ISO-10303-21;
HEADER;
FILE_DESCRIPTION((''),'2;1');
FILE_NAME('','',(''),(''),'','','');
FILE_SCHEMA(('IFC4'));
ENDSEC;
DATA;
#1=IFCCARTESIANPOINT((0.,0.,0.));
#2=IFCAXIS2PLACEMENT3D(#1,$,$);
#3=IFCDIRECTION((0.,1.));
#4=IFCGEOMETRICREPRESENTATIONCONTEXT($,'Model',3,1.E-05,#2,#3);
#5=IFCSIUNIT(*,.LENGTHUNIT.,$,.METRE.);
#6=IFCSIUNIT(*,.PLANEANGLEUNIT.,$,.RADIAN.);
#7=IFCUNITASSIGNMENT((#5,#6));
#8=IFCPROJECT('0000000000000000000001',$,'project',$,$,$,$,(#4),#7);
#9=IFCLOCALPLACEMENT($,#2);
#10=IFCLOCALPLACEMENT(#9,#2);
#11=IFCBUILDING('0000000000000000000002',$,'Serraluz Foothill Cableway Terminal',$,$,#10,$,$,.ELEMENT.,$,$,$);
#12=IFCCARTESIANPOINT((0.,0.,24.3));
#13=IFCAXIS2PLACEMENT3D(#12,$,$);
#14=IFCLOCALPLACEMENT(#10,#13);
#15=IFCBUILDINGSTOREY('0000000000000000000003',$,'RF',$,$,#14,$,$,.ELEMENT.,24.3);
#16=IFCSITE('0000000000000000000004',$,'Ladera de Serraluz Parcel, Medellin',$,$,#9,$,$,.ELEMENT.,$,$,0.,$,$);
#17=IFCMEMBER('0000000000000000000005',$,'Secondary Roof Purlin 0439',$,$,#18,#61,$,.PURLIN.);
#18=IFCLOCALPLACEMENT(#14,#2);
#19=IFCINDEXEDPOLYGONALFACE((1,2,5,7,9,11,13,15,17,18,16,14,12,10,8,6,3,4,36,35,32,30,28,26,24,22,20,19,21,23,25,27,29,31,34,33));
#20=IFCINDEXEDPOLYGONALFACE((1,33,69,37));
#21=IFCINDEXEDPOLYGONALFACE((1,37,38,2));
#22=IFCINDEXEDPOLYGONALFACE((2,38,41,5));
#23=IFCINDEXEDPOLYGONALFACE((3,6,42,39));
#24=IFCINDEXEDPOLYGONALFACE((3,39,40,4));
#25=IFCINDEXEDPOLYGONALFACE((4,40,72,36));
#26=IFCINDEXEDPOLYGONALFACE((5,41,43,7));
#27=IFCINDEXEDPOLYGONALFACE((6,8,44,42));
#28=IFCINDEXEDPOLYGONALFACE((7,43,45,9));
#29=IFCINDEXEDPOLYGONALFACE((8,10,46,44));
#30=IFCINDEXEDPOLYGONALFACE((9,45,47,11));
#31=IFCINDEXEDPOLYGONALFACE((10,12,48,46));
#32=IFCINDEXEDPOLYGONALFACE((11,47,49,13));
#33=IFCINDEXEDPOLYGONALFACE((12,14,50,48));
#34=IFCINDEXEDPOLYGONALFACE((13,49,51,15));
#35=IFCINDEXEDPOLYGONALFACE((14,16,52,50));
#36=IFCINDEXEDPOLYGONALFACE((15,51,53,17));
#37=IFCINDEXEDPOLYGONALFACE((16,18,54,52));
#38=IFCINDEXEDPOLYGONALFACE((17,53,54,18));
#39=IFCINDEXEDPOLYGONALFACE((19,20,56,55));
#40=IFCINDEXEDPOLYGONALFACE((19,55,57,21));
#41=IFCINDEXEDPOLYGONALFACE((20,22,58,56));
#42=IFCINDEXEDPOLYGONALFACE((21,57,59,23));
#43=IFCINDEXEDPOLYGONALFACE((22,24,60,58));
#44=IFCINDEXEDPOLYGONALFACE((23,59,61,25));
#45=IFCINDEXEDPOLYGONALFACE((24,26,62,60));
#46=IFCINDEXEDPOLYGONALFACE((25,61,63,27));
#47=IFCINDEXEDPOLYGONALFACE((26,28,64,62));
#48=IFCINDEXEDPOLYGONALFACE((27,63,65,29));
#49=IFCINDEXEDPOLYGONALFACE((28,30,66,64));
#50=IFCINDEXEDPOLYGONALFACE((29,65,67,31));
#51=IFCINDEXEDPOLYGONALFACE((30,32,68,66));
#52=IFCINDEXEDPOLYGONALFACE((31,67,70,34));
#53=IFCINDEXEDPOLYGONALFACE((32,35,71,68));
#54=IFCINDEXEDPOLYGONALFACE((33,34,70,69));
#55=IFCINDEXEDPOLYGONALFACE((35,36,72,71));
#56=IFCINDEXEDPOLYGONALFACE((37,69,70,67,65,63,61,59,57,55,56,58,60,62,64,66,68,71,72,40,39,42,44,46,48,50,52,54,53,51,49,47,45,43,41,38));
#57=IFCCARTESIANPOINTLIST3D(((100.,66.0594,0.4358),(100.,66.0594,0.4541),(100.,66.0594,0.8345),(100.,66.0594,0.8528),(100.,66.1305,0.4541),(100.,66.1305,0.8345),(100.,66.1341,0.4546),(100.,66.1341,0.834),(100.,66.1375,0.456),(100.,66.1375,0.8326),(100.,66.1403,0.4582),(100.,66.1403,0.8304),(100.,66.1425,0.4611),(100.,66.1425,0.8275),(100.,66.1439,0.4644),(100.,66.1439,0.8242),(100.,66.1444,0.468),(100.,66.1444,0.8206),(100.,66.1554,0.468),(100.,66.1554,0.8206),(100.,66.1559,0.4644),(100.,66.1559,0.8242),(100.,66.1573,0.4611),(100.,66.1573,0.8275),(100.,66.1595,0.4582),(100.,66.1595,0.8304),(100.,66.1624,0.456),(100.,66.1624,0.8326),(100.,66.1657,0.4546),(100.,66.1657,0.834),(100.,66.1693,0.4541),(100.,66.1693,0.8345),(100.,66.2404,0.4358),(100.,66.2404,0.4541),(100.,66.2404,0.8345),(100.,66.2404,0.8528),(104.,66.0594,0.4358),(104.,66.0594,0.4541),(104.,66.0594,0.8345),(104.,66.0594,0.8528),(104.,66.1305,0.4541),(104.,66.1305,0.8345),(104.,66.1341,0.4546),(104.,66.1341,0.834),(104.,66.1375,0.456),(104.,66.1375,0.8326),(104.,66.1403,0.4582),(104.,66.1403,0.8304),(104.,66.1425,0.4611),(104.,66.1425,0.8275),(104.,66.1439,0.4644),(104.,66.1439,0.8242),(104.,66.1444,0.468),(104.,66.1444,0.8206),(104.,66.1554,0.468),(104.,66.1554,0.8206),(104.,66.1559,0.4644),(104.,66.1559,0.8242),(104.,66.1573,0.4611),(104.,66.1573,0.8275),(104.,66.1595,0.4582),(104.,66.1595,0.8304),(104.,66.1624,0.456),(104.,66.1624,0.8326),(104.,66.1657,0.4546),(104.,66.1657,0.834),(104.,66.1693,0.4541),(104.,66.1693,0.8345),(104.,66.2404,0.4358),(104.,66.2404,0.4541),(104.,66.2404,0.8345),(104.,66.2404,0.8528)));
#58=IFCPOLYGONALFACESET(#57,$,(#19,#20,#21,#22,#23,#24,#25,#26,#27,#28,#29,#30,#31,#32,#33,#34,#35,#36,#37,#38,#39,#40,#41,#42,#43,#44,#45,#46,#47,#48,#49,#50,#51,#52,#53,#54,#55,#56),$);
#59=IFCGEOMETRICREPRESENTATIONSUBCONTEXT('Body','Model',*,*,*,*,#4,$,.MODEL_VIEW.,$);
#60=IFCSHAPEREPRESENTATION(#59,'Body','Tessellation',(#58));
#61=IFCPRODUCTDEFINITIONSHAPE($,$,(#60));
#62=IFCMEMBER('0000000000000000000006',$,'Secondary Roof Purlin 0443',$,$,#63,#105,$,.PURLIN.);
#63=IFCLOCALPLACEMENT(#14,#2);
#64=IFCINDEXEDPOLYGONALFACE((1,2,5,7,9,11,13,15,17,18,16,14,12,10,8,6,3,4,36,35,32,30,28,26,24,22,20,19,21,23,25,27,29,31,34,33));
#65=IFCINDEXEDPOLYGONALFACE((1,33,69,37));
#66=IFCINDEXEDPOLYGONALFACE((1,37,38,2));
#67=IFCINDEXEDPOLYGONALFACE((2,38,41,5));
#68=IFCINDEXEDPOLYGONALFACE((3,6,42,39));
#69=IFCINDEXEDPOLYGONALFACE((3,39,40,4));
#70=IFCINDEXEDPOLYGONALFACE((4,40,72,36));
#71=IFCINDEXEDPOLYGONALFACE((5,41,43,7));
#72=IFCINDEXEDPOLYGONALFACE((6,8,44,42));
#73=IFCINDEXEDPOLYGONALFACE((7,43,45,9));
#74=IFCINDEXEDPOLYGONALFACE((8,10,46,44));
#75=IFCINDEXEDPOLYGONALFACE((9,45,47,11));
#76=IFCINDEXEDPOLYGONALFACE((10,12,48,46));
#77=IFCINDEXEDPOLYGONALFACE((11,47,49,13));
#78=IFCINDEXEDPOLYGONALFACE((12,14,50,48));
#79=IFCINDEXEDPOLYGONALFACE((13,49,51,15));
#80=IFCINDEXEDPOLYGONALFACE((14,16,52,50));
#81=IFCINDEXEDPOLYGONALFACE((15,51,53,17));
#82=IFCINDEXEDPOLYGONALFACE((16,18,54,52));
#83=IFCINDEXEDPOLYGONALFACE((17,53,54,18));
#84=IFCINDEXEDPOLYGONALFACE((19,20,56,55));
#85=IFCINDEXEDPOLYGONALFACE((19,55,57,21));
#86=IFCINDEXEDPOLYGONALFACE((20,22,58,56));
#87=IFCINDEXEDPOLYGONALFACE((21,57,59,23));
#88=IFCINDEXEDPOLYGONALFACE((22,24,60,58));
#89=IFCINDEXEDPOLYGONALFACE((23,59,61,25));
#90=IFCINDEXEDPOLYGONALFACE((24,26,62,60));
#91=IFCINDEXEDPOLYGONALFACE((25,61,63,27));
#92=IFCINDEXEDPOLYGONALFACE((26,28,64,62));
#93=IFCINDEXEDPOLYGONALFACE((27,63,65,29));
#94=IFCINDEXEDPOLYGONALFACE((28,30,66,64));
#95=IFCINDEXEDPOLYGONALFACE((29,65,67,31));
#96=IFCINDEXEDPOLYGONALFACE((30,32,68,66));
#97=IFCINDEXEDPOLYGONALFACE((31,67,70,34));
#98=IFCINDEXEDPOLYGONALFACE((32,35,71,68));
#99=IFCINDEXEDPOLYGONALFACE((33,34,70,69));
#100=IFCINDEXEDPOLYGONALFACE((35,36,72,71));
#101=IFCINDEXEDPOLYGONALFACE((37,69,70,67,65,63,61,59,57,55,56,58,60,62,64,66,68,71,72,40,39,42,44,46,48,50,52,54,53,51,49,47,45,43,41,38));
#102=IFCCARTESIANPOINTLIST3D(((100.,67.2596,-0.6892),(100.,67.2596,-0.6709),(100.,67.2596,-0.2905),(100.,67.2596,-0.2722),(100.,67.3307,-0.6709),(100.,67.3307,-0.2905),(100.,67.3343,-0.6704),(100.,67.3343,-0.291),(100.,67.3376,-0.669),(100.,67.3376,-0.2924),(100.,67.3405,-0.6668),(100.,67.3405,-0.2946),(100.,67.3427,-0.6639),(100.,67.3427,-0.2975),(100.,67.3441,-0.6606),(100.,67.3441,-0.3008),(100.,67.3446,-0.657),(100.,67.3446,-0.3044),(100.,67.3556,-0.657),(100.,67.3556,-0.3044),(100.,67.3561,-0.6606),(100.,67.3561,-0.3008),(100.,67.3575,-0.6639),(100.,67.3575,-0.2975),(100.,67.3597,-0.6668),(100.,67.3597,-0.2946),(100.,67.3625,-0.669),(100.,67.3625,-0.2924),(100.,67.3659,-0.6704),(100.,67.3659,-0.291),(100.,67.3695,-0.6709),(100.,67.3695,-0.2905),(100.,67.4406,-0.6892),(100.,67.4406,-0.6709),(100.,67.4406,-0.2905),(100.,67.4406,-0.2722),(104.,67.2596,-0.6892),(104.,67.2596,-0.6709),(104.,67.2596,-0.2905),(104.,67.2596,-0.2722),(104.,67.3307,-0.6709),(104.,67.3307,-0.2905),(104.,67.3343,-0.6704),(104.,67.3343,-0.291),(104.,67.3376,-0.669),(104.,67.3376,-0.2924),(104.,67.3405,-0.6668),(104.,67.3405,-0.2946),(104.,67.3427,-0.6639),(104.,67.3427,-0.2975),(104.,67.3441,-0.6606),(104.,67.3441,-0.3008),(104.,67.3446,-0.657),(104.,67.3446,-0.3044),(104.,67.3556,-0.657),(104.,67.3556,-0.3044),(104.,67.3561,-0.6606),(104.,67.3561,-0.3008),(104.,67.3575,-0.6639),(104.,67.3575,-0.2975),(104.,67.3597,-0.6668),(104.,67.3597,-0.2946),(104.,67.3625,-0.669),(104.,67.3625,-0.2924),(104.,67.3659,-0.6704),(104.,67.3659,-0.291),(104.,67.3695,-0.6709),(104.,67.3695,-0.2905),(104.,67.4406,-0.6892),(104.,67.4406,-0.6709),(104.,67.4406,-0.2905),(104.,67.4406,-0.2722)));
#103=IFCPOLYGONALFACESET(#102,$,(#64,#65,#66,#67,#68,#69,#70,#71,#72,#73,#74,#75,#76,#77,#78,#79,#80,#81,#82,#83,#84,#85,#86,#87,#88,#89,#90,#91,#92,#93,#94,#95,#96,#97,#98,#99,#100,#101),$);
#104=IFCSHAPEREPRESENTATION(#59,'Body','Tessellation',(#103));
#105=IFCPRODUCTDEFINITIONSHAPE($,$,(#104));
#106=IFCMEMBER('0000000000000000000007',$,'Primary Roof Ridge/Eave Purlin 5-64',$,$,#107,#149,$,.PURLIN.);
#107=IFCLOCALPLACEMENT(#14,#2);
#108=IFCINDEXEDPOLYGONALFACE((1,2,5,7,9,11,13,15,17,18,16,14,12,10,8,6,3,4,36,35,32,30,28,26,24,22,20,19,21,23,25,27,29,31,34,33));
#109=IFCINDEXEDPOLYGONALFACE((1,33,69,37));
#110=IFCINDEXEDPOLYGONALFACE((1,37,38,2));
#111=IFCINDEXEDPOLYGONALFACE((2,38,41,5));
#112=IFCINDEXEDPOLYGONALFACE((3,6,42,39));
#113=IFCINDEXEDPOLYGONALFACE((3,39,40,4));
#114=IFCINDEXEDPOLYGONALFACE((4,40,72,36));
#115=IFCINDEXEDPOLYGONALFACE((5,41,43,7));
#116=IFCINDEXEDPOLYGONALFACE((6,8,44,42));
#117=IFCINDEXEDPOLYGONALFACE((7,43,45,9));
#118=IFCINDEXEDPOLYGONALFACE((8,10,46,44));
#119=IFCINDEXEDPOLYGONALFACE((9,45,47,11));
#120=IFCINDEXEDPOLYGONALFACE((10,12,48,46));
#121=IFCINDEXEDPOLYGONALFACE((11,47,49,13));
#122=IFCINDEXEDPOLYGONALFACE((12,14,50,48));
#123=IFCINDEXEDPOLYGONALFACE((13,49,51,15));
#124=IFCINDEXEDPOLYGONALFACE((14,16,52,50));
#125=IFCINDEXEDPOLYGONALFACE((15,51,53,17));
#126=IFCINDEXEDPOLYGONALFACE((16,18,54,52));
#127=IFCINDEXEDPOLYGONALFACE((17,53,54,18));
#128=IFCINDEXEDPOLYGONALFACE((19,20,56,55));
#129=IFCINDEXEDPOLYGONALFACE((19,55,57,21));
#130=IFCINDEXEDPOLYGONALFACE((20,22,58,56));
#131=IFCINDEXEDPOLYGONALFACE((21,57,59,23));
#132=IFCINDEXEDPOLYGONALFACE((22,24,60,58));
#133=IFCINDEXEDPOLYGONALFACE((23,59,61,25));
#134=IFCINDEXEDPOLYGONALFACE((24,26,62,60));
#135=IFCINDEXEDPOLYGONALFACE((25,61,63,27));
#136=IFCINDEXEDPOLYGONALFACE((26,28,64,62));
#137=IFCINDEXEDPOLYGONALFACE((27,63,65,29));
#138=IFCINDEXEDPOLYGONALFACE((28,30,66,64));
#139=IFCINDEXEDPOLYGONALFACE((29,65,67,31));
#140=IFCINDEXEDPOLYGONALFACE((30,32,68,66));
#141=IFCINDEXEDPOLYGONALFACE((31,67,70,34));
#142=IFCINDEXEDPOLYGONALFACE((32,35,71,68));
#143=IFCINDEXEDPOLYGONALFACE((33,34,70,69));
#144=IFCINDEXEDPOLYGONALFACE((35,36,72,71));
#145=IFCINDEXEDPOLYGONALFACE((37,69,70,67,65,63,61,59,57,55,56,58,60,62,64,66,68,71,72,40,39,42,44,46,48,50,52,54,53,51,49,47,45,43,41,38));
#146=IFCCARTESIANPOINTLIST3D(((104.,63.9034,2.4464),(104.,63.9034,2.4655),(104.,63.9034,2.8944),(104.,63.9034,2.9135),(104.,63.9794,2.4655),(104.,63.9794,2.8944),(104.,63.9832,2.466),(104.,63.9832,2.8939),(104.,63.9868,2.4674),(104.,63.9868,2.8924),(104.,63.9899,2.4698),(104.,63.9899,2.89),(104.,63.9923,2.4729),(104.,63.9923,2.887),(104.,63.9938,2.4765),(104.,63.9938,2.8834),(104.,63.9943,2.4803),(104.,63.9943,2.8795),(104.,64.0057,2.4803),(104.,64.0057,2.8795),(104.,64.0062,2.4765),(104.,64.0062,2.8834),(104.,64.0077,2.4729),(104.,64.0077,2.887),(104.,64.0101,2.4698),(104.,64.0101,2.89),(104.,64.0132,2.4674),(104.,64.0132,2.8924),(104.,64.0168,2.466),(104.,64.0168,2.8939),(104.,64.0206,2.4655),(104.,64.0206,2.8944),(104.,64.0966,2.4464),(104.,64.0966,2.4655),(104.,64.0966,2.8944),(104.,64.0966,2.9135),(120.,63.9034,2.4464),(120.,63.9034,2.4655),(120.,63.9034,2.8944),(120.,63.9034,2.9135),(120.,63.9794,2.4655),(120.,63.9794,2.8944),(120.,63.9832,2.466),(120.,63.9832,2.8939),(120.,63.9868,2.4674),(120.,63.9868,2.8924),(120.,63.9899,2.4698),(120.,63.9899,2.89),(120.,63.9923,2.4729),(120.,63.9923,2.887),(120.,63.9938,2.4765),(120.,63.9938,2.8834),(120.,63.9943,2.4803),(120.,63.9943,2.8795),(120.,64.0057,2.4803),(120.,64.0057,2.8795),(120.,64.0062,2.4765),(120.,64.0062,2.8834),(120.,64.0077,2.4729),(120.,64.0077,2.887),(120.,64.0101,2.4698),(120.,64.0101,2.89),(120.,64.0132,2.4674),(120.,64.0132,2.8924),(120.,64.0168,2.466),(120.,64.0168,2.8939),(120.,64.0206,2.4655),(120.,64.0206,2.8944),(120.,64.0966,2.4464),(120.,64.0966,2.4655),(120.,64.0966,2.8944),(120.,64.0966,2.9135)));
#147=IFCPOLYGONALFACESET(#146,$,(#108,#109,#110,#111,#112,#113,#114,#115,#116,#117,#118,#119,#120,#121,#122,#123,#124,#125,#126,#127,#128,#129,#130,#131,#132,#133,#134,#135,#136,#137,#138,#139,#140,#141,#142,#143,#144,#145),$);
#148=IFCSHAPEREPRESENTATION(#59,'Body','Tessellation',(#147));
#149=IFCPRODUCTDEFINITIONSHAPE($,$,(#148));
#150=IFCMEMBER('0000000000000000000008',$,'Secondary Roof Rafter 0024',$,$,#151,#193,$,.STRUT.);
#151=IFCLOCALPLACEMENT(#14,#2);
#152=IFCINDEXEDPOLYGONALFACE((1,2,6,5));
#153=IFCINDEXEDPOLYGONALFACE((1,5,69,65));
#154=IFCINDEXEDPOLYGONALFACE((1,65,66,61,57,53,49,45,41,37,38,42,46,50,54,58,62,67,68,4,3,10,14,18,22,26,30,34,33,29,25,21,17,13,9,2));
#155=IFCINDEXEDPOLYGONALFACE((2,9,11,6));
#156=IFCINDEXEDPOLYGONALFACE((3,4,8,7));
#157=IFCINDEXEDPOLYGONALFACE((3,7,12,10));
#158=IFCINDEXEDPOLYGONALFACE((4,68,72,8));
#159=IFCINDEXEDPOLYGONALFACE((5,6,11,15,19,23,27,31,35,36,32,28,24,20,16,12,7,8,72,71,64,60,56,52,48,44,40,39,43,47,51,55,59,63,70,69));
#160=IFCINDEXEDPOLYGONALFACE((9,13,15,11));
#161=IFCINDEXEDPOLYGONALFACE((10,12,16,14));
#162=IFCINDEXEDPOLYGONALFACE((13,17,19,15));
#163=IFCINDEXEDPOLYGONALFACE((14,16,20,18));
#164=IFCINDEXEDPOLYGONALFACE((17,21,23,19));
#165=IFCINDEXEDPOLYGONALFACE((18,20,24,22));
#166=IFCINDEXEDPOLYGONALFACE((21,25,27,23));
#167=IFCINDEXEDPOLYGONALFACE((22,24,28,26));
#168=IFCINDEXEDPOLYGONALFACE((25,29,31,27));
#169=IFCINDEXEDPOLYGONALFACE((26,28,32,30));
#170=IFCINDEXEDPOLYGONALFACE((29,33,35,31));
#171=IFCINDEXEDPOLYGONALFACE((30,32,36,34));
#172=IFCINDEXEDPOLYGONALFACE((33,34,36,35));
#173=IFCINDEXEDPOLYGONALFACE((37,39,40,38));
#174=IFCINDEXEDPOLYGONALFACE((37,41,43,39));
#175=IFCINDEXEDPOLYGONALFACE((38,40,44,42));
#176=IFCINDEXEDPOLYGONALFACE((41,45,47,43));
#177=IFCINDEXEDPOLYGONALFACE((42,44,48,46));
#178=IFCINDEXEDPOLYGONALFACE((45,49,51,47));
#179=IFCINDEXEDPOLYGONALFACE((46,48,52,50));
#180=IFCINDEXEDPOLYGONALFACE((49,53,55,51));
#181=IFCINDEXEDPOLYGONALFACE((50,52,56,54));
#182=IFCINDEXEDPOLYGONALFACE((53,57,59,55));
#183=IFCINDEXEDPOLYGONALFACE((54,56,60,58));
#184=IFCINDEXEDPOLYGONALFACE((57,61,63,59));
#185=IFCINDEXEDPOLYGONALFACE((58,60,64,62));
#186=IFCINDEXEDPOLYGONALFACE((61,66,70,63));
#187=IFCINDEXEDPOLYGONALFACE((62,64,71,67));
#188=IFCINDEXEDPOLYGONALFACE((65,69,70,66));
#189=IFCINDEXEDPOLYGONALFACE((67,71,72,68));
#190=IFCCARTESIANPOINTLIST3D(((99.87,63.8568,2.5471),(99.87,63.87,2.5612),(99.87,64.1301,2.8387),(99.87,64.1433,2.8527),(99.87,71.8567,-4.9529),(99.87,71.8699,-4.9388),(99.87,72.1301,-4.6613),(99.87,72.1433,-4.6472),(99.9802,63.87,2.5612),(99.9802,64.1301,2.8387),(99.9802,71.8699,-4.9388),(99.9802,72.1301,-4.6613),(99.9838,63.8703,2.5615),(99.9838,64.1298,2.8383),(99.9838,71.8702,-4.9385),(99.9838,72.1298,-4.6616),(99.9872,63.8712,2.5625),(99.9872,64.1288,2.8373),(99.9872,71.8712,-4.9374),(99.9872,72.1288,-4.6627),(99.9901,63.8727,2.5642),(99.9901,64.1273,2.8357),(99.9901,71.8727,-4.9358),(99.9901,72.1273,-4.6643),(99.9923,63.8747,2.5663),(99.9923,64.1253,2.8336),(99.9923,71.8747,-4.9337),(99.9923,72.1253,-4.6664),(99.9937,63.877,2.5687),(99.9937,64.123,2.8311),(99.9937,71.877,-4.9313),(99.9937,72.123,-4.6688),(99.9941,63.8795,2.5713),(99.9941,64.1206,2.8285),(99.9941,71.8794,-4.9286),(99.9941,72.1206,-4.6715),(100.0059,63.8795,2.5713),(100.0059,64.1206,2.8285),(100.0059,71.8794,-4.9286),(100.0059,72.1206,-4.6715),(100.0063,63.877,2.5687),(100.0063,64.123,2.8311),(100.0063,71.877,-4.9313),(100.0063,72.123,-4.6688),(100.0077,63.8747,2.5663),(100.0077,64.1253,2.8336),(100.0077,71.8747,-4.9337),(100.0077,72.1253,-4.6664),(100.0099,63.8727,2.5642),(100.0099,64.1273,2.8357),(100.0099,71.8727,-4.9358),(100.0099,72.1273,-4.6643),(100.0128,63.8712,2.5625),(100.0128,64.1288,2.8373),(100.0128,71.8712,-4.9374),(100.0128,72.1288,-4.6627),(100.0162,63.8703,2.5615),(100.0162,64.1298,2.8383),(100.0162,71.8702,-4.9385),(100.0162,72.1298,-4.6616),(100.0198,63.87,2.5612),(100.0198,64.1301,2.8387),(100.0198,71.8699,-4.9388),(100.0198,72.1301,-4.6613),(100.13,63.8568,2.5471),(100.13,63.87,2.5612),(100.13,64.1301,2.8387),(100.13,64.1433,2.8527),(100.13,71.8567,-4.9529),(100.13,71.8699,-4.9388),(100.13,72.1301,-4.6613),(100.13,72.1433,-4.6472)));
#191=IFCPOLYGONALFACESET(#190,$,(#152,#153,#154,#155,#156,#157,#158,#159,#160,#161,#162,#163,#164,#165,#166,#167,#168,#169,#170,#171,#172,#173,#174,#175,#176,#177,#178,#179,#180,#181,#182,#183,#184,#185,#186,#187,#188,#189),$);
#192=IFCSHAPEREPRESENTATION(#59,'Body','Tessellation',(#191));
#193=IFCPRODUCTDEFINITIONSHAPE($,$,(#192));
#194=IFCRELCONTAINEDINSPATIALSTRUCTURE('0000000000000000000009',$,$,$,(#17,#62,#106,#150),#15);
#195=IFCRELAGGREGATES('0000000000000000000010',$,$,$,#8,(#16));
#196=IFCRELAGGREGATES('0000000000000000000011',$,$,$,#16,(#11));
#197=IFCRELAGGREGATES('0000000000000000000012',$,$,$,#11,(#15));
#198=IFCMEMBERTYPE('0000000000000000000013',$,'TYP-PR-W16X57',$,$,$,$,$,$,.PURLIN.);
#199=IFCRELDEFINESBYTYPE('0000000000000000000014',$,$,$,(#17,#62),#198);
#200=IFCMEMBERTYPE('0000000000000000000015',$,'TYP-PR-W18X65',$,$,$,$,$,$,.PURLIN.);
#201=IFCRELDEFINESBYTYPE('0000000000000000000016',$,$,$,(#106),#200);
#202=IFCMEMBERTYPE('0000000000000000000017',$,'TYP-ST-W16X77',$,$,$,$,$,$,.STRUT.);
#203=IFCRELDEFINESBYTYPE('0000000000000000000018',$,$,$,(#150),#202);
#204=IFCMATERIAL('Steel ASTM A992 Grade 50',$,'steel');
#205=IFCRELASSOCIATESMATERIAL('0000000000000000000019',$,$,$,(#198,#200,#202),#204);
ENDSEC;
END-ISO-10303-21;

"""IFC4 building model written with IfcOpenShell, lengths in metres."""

from ifc_helpers import new_model, si_unit, direction, frame, origin, origin_2d, place, context, subcontext, project, spatial, i_section, extrude, material, material_profile, profile_set, type_object, element, save


model = new_model("IFC4")

# Units and contexts
model_context = context("Model", 3, precision=1e-05, world=origin(), true_north=direction((0.0, 1.0)))
body_context = subcontext(model_context, "Body", "Model", "MODEL_VIEW")
ifc_project = project(units=[si_unit("LENGTHUNIT", "METRE"), si_unit("PLANEANGLEUNIT", "RADIAN")], contexts=[model_context])

# Site, building, storey
site_placement = place(None, origin())
site = spatial("IfcSite", under=ifc_project, at=site_placement, Name="Ladera de Serraluz Parcel, Medellin", CompositionType="ELEMENT", RefElevation=0.0)
building_placement = place(site_placement, origin())
building = spatial("IfcBuilding", under=site, at=building_placement, Name="Serraluz Foothill Cableway Terminal", CompositionType="ELEMENT")
storey_placement = place(building_placement, frame((0.0, 0.0, 24.3)))
storey = spatial("IfcBuildingStorey", under=building, at=storey_placement, Name="RF", CompositionType="ELEMENT", Elevation=24.3)

# Members
ifc_material_1 = material(Name="Steel ASTM A992 Grade 50", Category="steel")
ifc_material_profile_1 = material_profile(ifc_material_1, i_section(OverallWidth=0.1809, OverallDepth=0.417, WebThickness=0.011, FlangeThickness=0.0183, FilletRadius=0.0139, at=origin_2d()), Name="W16X57")
ifc_profile_set_1 = profile_set([ifc_material_profile_1], Name="Steel ASTM A992 Grade 50")
member_type_1 = type_object("IfcMemberType", Name="TYP-PR-W16X57", PredefinedType="PURLIN", material=ifc_profile_set_1)
for number, where, z_axis, x_axis, name in (
    (1, (100.0, 66.1499, 0.6443), (1.0, 0.0, 0.0), (0.0, 1.0, 0.0), "Secondary Roof Purlin 0439"),
    (2, (100.0, 67.3501, -0.4807), (1.0, 0.0, 0.0), (0.0, 1.0, 0.0), "Secondary Roof Purlin 0443"),
):
    element("IfcMember", number, at=place(storey_placement, frame(where, z_axis=z_axis, x_axis=x_axis)), inside=storey, type_object=member_type_1, Name=name, PredefinedType="PURLIN", context=body_context, shape_type="SweptSolid", body=[
        extrude(i_section(OverallWidth=0.1809, OverallDepth=0.417, WebThickness=0.011, FlangeThickness=0.0183, FilletRadius=0.0139, at=origin_2d()), origin(), (0.0, 0.0, 1.0), 4.0),
    ])
ifc_material_profile_2 = material_profile(ifc_material_1, i_section(OverallWidth=0.1931, OverallDepth=0.467, WebThickness=0.0115, FlangeThickness=0.019, FilletRadius=0.0149, at=origin_2d()), Name="W18X65")
ifc_profile_set_2 = profile_set([ifc_material_profile_2], Name="Steel ASTM A992 Grade 50")
member_type_2 = type_object("IfcMemberType", Name="TYP-PR-W18X65", PredefinedType="PURLIN", material=ifc_profile_set_2)
member_1_placement = place(storey_placement, frame((104.0, 64.0, 2.6799), z_axis=(1.0, 0.0, 0.0), x_axis=(0.0, 1.0, 0.0)))
element("IfcMember", 3, at=member_1_placement, inside=storey, type_object=member_type_2, Name="Primary Roof Ridge/Eave Purlin 5-64", PredefinedType="PURLIN", context=body_context, shape_type="SweptSolid", body=[
    extrude(i_section(OverallWidth=0.1931, OverallDepth=0.467, WebThickness=0.0115, FlangeThickness=0.019, FilletRadius=0.0149, at=origin_2d()), origin(), (0.0, 0.0, 1.0), 16.0),
])
ifc_material_profile_3 = material_profile(ifc_material_1, i_section(OverallWidth=0.26, OverallDepth=0.4189, WebThickness=0.0117, FlangeThickness=0.0193, FilletRadius=0.0139, at=origin_2d()), Name="W16X77")
ifc_profile_set_3 = profile_set([ifc_material_profile_3], Name="Steel ASTM A992 Grade 50")
member_type_3 = type_object("IfcMemberType", Name="TYP-ST-W16X77", PredefinedType="STRUT", material=ifc_profile_set_3)
member_2_placement = place(storey_placement, frame((100.0, 72.0, -4.8), z_axis=(0.0, -0.729537, 0.683941), x_axis=(1.0, 0.0, 0.0)))
element("IfcMember", 4, at=member_2_placement, inside=storey, type_object=member_type_3, Name="Secondary Roof Rafter 0024", PredefinedType="STRUT", context=body_context, shape_type="SweptSolid", body=[
    extrude(i_section(OverallWidth=0.26, OverallDepth=0.4189, WebThickness=0.0117, FlangeThickness=0.0193, FilletRadius=0.0139, at=origin_2d()), origin(), (0.0, 0.0, 1.0), 10.9658),
])

save(model, "model.ifc")
